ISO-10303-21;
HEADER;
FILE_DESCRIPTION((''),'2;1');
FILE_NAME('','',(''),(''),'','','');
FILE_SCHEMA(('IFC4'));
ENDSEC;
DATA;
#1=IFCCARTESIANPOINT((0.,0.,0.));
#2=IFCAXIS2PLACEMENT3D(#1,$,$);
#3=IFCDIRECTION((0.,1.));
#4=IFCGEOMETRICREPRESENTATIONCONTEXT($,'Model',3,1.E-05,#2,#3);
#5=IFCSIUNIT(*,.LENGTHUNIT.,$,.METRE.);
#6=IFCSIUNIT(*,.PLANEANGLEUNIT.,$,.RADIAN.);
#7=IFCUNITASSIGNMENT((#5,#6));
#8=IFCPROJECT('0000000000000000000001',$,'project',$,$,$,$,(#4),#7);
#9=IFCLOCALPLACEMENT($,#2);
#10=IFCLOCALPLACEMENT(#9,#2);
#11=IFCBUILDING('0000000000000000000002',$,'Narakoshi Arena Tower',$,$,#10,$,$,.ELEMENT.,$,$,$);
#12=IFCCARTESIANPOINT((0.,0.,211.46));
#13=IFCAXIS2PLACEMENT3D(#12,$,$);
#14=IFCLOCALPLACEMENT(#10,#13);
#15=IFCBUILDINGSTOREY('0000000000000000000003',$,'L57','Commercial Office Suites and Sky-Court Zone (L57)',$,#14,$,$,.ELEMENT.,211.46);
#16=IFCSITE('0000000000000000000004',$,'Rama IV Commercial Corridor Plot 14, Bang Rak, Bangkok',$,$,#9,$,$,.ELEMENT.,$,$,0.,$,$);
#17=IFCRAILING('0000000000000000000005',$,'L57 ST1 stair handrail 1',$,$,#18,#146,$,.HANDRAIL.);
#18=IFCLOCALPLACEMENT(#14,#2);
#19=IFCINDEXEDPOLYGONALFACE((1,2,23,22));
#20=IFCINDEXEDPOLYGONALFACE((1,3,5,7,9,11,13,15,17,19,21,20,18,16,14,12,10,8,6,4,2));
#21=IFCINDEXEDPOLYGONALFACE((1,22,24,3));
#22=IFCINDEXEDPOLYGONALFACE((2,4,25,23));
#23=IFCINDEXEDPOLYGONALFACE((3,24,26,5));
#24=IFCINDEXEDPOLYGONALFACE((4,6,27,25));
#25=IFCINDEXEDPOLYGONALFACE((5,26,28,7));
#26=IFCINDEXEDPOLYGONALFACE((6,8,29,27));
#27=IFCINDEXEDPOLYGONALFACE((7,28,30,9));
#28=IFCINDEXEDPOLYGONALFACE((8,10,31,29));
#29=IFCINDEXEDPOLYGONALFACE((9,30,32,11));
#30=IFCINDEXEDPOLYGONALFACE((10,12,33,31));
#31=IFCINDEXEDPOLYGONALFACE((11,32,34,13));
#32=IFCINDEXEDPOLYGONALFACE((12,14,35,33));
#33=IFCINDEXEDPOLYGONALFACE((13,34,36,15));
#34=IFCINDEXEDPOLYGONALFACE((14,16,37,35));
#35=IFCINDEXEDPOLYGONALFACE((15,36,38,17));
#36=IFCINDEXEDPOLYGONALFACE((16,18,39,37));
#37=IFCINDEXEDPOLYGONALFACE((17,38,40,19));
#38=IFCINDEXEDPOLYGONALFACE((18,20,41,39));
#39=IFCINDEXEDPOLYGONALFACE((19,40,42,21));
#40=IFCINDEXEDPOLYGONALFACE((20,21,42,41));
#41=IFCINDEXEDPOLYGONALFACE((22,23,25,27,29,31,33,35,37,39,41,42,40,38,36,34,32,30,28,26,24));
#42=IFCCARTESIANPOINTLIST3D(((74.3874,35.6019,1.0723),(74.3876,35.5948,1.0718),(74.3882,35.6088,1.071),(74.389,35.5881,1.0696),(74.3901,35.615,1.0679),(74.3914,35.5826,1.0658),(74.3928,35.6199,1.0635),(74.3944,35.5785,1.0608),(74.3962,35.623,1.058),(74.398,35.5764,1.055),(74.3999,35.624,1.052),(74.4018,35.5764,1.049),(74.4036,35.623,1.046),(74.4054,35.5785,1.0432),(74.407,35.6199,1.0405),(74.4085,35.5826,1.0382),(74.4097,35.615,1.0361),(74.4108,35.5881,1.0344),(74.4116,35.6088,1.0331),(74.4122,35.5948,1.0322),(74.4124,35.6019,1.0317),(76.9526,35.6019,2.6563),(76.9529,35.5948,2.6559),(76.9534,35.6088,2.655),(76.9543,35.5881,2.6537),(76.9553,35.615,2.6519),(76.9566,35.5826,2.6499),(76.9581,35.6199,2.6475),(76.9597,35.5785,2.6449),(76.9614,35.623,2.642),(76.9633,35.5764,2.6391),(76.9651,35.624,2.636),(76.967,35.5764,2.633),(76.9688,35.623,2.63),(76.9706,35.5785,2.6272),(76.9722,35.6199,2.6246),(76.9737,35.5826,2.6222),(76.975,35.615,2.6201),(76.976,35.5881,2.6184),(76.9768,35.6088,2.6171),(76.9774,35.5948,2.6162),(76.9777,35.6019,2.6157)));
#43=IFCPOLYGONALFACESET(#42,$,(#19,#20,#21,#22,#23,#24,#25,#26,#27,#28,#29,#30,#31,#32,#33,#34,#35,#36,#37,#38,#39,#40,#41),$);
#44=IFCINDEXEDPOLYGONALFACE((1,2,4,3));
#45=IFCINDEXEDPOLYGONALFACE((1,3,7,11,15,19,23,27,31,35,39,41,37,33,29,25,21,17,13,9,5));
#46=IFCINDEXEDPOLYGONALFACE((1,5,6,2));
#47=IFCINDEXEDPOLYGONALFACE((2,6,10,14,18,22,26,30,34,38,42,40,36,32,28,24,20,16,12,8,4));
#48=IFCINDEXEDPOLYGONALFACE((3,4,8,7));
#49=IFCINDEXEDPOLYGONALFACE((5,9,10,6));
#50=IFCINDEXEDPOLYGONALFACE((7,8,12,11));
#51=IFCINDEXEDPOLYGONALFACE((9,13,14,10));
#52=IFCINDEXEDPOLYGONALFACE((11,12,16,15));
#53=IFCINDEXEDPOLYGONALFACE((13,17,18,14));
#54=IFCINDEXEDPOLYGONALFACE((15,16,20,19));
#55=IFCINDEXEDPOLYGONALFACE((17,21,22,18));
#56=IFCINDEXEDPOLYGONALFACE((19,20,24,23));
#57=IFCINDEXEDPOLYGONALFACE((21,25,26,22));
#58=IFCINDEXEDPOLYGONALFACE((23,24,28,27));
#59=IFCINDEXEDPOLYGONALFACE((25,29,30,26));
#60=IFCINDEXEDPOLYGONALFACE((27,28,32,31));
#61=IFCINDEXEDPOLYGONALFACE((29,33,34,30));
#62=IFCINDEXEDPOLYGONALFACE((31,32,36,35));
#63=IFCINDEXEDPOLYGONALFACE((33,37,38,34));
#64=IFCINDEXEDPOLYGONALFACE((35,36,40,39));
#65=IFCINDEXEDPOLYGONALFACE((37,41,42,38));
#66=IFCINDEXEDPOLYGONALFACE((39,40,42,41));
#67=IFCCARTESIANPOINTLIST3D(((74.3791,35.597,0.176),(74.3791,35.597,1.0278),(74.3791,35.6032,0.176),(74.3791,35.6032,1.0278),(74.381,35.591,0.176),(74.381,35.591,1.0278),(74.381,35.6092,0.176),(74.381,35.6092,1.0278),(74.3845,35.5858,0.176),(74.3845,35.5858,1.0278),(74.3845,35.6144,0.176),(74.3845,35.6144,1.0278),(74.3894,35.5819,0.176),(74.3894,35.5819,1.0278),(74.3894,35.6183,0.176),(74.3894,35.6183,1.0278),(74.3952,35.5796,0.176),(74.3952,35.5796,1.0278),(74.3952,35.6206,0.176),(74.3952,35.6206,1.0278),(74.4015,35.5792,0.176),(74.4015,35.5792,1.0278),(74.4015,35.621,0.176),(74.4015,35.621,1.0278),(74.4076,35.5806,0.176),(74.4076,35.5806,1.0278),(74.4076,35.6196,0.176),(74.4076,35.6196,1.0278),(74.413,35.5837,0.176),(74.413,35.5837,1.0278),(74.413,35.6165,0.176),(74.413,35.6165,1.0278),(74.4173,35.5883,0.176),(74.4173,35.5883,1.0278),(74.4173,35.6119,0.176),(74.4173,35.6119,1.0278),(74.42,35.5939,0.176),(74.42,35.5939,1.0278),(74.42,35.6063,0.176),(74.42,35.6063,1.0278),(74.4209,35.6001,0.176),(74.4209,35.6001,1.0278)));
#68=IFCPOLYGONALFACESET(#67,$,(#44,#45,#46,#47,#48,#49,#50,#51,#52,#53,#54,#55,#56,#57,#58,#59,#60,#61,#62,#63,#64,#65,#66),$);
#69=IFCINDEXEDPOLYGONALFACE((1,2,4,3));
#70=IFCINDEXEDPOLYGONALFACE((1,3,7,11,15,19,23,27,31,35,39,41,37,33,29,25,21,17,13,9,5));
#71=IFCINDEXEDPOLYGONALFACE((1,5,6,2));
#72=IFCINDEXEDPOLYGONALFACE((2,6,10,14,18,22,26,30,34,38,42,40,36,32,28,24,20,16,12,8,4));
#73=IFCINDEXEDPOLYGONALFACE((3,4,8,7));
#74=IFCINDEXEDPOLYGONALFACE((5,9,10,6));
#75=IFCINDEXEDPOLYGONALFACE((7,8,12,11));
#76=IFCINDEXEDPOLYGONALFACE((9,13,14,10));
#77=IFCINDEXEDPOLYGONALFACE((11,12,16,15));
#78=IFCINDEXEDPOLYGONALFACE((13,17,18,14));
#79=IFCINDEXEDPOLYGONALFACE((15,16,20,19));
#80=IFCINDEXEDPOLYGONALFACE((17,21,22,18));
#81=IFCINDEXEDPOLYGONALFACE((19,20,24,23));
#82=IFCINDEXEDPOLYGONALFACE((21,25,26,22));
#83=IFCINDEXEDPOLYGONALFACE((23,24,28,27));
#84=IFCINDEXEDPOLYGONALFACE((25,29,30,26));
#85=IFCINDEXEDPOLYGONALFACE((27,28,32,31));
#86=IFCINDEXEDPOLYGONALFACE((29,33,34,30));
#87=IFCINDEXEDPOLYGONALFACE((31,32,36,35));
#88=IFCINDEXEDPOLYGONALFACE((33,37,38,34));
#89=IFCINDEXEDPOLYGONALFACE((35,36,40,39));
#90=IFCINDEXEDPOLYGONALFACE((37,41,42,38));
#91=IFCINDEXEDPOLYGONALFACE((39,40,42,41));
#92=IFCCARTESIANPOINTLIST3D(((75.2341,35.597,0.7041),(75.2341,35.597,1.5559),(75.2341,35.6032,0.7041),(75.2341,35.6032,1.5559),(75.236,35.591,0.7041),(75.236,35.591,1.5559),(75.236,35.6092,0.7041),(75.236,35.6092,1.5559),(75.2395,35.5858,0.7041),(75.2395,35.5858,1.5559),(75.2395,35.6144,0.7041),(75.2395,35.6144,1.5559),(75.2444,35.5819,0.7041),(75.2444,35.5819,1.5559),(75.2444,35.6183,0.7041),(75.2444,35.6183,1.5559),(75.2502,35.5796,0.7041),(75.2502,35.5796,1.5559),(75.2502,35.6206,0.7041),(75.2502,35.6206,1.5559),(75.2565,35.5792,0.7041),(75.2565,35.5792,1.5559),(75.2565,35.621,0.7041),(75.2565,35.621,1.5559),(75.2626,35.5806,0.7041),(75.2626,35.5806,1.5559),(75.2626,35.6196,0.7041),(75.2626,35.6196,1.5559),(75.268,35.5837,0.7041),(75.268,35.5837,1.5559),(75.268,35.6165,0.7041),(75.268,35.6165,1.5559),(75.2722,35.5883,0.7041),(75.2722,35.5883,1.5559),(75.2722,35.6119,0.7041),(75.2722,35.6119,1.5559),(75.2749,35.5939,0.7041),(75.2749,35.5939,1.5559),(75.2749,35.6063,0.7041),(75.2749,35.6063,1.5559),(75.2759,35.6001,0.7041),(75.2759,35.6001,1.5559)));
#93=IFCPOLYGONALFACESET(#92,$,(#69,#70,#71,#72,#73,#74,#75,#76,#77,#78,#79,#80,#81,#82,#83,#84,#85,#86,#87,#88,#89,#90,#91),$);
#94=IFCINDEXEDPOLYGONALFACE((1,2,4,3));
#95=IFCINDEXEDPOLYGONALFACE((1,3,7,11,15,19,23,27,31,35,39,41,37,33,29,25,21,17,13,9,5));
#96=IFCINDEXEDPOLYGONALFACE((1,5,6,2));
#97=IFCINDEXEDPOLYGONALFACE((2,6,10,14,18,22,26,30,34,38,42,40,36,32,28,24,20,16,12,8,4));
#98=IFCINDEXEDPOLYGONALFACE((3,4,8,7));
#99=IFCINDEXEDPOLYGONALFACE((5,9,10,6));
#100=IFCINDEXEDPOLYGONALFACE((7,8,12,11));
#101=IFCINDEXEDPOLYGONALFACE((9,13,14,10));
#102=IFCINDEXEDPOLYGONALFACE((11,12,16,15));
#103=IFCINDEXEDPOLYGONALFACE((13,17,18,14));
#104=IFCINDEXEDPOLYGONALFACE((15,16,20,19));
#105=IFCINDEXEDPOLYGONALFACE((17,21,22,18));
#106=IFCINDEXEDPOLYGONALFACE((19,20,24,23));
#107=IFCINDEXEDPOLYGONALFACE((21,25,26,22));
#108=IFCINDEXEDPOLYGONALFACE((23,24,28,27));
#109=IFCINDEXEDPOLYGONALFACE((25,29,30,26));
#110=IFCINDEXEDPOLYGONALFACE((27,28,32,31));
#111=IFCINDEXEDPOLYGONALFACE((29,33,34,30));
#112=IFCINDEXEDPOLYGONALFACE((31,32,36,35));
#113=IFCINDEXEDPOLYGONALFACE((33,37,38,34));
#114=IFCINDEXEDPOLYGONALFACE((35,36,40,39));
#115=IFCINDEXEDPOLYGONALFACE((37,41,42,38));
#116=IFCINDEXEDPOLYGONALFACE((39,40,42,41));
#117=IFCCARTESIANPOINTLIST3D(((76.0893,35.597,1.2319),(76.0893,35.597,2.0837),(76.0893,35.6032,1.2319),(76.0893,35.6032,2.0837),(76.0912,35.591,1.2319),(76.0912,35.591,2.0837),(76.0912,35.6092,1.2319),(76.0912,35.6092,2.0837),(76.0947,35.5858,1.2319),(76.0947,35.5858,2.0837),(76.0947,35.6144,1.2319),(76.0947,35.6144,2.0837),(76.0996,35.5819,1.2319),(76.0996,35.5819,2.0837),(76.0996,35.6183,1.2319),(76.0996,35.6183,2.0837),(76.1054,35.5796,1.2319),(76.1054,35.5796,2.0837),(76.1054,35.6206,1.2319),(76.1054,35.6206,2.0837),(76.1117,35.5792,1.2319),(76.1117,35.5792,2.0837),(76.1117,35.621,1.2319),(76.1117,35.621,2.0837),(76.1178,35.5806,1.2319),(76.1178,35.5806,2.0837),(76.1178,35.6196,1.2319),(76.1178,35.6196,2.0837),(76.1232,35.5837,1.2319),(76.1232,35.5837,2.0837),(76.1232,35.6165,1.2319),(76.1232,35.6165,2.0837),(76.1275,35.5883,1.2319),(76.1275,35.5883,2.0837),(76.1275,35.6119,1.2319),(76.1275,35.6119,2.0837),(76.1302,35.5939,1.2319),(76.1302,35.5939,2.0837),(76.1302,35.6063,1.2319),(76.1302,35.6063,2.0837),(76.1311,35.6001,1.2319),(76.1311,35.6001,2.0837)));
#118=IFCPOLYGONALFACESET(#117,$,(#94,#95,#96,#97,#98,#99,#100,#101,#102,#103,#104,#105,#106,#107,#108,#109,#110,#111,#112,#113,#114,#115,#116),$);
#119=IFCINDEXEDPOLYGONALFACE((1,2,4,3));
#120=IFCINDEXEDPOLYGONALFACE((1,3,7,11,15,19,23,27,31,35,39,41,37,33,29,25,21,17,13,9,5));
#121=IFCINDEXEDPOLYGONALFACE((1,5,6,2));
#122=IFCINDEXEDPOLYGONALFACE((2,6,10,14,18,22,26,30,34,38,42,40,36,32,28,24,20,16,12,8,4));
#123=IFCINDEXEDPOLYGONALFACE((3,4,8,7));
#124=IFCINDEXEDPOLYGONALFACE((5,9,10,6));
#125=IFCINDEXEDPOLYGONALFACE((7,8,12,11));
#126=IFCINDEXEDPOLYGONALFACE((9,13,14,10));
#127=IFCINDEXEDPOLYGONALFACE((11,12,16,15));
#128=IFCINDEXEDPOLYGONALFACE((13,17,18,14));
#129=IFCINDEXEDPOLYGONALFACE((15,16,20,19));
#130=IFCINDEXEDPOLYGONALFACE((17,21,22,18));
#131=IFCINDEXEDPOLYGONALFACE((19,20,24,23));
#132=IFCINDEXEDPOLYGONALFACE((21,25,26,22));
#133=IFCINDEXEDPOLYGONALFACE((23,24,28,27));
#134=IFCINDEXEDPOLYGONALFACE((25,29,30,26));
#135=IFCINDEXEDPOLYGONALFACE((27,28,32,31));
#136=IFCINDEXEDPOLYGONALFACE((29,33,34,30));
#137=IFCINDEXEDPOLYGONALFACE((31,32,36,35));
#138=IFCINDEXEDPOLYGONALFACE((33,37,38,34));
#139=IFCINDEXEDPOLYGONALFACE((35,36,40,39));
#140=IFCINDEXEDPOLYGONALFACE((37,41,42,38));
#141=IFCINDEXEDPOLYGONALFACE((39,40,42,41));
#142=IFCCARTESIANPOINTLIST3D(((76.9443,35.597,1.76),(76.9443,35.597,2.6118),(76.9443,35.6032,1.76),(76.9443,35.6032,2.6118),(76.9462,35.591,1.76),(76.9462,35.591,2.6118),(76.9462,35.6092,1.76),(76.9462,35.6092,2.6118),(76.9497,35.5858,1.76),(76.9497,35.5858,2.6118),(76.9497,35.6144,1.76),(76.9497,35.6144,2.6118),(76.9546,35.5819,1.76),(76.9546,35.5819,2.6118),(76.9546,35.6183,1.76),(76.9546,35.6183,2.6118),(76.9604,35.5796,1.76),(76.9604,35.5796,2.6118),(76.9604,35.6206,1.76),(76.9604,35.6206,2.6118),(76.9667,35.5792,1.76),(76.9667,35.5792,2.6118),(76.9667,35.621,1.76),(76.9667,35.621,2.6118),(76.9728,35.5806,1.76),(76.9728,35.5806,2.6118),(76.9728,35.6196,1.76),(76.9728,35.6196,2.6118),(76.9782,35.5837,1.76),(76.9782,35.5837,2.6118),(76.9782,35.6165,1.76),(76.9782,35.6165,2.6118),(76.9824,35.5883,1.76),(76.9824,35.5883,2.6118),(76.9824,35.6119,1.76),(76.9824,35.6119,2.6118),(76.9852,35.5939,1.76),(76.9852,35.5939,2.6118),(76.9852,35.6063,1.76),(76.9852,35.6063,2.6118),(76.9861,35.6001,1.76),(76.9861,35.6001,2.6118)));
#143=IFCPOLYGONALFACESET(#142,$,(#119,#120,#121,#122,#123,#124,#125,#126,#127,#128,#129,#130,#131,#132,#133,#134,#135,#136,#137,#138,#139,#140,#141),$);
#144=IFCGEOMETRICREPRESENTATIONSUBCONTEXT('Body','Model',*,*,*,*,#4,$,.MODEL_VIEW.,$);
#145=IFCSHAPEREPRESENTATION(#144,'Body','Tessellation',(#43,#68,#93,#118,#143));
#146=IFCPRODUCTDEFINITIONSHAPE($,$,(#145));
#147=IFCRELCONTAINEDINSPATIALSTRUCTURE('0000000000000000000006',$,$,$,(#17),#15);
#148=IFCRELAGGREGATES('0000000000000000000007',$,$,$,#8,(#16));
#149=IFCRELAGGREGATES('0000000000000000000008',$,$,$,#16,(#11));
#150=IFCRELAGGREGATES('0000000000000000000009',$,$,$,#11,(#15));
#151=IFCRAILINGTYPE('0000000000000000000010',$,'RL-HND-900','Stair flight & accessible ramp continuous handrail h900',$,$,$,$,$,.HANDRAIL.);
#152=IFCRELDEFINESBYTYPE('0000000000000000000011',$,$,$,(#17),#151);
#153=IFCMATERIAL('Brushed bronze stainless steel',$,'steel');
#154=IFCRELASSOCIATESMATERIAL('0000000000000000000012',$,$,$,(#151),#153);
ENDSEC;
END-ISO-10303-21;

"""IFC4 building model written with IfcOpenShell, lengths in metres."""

from ifc_helpers import new_model, si_unit, direction, frame, origin, origin_2d, place, context, subcontext, project, spatial, circle, extrude, material, type_object, element, save


model = new_model("IFC4")

# Units and contexts
model_context = context("Model", 3, precision=1e-05, world=origin(), true_north=direction((0.0, 1.0)))
body_context = subcontext(model_context, "Body", "Model", "MODEL_VIEW")
ifc_project = project(units=[si_unit("LENGTHUNIT", "METRE"), si_unit("PLANEANGLEUNIT", "RADIAN")], contexts=[model_context])

# Site, building, storey
site_placement = place(None, origin())
site = spatial("IfcSite", under=ifc_project, at=site_placement, Name="Rama IV Commercial Corridor Plot 14, Bang Rak, Bangkok", CompositionType="ELEMENT", RefElevation=0.0)
building_placement = place(site_placement, origin())
building = spatial("IfcBuilding", under=site, at=building_placement, Name="Narakoshi Arena Tower", CompositionType="ELEMENT")
storey_placement = place(building_placement, frame((0.0, 0.0, 211.46)))
storey = spatial("IfcBuildingStorey", under=building, at=storey_placement, Name="L57", Description="Commercial Office Suites and Sky-Court Zone (L57)", CompositionType="ELEMENT", Elevation=211.46)

# Railing
ifc_material_1 = material(Name="Brushed bronze stainless steel", Category="steel")
railing_type_1 = type_object("IfcRailingType", Name="RL-HND-900", Description="Stair flight & accessible ramp continuous handrail h900", PredefinedType="HANDRAIL", material=ifc_material_1)
railing_1_placement = place(storey_placement, frame((74.3999, 35.6001, 0.176)))
element("IfcRailing", 1, at=railing_1_placement, inside=storey, type_object=railing_type_1, Name="L57 ST1 stair handrail 1", PredefinedType="HANDRAIL", context=body_context, shape_type="SweptSolid", body=[
    extrude(circle(Radius=0.0239, at=origin_2d()), frame((0.0, 0.0, 0.876), z_axis=(0.850857, 0.0, 0.525398), x_axis=(0.0, 1.0, 0.0)), (0.0, 0.0, 1.0), 3.0149),
    extrude(circle(Radius=0.021, at=origin_2d()), origin(), (0.0, 0.0, 1.0), 0.8518),
    extrude(circle(Radius=0.021, at=origin_2d()), frame((0.855, 0.0, 0.5281)), (0.0, 0.0, 1.0), 0.8518),
    extrude(circle(Radius=0.021, at=origin_2d()), frame((1.7102, 0.0, 1.0559)), (0.0, 0.0, 1.0), 0.8518),
    extrude(circle(Radius=0.021, at=origin_2d()), frame((2.5652, 0.0, 1.584)), (0.0, 0.0, 1.0), 0.8518),
])

save(model, "model.ifc")
